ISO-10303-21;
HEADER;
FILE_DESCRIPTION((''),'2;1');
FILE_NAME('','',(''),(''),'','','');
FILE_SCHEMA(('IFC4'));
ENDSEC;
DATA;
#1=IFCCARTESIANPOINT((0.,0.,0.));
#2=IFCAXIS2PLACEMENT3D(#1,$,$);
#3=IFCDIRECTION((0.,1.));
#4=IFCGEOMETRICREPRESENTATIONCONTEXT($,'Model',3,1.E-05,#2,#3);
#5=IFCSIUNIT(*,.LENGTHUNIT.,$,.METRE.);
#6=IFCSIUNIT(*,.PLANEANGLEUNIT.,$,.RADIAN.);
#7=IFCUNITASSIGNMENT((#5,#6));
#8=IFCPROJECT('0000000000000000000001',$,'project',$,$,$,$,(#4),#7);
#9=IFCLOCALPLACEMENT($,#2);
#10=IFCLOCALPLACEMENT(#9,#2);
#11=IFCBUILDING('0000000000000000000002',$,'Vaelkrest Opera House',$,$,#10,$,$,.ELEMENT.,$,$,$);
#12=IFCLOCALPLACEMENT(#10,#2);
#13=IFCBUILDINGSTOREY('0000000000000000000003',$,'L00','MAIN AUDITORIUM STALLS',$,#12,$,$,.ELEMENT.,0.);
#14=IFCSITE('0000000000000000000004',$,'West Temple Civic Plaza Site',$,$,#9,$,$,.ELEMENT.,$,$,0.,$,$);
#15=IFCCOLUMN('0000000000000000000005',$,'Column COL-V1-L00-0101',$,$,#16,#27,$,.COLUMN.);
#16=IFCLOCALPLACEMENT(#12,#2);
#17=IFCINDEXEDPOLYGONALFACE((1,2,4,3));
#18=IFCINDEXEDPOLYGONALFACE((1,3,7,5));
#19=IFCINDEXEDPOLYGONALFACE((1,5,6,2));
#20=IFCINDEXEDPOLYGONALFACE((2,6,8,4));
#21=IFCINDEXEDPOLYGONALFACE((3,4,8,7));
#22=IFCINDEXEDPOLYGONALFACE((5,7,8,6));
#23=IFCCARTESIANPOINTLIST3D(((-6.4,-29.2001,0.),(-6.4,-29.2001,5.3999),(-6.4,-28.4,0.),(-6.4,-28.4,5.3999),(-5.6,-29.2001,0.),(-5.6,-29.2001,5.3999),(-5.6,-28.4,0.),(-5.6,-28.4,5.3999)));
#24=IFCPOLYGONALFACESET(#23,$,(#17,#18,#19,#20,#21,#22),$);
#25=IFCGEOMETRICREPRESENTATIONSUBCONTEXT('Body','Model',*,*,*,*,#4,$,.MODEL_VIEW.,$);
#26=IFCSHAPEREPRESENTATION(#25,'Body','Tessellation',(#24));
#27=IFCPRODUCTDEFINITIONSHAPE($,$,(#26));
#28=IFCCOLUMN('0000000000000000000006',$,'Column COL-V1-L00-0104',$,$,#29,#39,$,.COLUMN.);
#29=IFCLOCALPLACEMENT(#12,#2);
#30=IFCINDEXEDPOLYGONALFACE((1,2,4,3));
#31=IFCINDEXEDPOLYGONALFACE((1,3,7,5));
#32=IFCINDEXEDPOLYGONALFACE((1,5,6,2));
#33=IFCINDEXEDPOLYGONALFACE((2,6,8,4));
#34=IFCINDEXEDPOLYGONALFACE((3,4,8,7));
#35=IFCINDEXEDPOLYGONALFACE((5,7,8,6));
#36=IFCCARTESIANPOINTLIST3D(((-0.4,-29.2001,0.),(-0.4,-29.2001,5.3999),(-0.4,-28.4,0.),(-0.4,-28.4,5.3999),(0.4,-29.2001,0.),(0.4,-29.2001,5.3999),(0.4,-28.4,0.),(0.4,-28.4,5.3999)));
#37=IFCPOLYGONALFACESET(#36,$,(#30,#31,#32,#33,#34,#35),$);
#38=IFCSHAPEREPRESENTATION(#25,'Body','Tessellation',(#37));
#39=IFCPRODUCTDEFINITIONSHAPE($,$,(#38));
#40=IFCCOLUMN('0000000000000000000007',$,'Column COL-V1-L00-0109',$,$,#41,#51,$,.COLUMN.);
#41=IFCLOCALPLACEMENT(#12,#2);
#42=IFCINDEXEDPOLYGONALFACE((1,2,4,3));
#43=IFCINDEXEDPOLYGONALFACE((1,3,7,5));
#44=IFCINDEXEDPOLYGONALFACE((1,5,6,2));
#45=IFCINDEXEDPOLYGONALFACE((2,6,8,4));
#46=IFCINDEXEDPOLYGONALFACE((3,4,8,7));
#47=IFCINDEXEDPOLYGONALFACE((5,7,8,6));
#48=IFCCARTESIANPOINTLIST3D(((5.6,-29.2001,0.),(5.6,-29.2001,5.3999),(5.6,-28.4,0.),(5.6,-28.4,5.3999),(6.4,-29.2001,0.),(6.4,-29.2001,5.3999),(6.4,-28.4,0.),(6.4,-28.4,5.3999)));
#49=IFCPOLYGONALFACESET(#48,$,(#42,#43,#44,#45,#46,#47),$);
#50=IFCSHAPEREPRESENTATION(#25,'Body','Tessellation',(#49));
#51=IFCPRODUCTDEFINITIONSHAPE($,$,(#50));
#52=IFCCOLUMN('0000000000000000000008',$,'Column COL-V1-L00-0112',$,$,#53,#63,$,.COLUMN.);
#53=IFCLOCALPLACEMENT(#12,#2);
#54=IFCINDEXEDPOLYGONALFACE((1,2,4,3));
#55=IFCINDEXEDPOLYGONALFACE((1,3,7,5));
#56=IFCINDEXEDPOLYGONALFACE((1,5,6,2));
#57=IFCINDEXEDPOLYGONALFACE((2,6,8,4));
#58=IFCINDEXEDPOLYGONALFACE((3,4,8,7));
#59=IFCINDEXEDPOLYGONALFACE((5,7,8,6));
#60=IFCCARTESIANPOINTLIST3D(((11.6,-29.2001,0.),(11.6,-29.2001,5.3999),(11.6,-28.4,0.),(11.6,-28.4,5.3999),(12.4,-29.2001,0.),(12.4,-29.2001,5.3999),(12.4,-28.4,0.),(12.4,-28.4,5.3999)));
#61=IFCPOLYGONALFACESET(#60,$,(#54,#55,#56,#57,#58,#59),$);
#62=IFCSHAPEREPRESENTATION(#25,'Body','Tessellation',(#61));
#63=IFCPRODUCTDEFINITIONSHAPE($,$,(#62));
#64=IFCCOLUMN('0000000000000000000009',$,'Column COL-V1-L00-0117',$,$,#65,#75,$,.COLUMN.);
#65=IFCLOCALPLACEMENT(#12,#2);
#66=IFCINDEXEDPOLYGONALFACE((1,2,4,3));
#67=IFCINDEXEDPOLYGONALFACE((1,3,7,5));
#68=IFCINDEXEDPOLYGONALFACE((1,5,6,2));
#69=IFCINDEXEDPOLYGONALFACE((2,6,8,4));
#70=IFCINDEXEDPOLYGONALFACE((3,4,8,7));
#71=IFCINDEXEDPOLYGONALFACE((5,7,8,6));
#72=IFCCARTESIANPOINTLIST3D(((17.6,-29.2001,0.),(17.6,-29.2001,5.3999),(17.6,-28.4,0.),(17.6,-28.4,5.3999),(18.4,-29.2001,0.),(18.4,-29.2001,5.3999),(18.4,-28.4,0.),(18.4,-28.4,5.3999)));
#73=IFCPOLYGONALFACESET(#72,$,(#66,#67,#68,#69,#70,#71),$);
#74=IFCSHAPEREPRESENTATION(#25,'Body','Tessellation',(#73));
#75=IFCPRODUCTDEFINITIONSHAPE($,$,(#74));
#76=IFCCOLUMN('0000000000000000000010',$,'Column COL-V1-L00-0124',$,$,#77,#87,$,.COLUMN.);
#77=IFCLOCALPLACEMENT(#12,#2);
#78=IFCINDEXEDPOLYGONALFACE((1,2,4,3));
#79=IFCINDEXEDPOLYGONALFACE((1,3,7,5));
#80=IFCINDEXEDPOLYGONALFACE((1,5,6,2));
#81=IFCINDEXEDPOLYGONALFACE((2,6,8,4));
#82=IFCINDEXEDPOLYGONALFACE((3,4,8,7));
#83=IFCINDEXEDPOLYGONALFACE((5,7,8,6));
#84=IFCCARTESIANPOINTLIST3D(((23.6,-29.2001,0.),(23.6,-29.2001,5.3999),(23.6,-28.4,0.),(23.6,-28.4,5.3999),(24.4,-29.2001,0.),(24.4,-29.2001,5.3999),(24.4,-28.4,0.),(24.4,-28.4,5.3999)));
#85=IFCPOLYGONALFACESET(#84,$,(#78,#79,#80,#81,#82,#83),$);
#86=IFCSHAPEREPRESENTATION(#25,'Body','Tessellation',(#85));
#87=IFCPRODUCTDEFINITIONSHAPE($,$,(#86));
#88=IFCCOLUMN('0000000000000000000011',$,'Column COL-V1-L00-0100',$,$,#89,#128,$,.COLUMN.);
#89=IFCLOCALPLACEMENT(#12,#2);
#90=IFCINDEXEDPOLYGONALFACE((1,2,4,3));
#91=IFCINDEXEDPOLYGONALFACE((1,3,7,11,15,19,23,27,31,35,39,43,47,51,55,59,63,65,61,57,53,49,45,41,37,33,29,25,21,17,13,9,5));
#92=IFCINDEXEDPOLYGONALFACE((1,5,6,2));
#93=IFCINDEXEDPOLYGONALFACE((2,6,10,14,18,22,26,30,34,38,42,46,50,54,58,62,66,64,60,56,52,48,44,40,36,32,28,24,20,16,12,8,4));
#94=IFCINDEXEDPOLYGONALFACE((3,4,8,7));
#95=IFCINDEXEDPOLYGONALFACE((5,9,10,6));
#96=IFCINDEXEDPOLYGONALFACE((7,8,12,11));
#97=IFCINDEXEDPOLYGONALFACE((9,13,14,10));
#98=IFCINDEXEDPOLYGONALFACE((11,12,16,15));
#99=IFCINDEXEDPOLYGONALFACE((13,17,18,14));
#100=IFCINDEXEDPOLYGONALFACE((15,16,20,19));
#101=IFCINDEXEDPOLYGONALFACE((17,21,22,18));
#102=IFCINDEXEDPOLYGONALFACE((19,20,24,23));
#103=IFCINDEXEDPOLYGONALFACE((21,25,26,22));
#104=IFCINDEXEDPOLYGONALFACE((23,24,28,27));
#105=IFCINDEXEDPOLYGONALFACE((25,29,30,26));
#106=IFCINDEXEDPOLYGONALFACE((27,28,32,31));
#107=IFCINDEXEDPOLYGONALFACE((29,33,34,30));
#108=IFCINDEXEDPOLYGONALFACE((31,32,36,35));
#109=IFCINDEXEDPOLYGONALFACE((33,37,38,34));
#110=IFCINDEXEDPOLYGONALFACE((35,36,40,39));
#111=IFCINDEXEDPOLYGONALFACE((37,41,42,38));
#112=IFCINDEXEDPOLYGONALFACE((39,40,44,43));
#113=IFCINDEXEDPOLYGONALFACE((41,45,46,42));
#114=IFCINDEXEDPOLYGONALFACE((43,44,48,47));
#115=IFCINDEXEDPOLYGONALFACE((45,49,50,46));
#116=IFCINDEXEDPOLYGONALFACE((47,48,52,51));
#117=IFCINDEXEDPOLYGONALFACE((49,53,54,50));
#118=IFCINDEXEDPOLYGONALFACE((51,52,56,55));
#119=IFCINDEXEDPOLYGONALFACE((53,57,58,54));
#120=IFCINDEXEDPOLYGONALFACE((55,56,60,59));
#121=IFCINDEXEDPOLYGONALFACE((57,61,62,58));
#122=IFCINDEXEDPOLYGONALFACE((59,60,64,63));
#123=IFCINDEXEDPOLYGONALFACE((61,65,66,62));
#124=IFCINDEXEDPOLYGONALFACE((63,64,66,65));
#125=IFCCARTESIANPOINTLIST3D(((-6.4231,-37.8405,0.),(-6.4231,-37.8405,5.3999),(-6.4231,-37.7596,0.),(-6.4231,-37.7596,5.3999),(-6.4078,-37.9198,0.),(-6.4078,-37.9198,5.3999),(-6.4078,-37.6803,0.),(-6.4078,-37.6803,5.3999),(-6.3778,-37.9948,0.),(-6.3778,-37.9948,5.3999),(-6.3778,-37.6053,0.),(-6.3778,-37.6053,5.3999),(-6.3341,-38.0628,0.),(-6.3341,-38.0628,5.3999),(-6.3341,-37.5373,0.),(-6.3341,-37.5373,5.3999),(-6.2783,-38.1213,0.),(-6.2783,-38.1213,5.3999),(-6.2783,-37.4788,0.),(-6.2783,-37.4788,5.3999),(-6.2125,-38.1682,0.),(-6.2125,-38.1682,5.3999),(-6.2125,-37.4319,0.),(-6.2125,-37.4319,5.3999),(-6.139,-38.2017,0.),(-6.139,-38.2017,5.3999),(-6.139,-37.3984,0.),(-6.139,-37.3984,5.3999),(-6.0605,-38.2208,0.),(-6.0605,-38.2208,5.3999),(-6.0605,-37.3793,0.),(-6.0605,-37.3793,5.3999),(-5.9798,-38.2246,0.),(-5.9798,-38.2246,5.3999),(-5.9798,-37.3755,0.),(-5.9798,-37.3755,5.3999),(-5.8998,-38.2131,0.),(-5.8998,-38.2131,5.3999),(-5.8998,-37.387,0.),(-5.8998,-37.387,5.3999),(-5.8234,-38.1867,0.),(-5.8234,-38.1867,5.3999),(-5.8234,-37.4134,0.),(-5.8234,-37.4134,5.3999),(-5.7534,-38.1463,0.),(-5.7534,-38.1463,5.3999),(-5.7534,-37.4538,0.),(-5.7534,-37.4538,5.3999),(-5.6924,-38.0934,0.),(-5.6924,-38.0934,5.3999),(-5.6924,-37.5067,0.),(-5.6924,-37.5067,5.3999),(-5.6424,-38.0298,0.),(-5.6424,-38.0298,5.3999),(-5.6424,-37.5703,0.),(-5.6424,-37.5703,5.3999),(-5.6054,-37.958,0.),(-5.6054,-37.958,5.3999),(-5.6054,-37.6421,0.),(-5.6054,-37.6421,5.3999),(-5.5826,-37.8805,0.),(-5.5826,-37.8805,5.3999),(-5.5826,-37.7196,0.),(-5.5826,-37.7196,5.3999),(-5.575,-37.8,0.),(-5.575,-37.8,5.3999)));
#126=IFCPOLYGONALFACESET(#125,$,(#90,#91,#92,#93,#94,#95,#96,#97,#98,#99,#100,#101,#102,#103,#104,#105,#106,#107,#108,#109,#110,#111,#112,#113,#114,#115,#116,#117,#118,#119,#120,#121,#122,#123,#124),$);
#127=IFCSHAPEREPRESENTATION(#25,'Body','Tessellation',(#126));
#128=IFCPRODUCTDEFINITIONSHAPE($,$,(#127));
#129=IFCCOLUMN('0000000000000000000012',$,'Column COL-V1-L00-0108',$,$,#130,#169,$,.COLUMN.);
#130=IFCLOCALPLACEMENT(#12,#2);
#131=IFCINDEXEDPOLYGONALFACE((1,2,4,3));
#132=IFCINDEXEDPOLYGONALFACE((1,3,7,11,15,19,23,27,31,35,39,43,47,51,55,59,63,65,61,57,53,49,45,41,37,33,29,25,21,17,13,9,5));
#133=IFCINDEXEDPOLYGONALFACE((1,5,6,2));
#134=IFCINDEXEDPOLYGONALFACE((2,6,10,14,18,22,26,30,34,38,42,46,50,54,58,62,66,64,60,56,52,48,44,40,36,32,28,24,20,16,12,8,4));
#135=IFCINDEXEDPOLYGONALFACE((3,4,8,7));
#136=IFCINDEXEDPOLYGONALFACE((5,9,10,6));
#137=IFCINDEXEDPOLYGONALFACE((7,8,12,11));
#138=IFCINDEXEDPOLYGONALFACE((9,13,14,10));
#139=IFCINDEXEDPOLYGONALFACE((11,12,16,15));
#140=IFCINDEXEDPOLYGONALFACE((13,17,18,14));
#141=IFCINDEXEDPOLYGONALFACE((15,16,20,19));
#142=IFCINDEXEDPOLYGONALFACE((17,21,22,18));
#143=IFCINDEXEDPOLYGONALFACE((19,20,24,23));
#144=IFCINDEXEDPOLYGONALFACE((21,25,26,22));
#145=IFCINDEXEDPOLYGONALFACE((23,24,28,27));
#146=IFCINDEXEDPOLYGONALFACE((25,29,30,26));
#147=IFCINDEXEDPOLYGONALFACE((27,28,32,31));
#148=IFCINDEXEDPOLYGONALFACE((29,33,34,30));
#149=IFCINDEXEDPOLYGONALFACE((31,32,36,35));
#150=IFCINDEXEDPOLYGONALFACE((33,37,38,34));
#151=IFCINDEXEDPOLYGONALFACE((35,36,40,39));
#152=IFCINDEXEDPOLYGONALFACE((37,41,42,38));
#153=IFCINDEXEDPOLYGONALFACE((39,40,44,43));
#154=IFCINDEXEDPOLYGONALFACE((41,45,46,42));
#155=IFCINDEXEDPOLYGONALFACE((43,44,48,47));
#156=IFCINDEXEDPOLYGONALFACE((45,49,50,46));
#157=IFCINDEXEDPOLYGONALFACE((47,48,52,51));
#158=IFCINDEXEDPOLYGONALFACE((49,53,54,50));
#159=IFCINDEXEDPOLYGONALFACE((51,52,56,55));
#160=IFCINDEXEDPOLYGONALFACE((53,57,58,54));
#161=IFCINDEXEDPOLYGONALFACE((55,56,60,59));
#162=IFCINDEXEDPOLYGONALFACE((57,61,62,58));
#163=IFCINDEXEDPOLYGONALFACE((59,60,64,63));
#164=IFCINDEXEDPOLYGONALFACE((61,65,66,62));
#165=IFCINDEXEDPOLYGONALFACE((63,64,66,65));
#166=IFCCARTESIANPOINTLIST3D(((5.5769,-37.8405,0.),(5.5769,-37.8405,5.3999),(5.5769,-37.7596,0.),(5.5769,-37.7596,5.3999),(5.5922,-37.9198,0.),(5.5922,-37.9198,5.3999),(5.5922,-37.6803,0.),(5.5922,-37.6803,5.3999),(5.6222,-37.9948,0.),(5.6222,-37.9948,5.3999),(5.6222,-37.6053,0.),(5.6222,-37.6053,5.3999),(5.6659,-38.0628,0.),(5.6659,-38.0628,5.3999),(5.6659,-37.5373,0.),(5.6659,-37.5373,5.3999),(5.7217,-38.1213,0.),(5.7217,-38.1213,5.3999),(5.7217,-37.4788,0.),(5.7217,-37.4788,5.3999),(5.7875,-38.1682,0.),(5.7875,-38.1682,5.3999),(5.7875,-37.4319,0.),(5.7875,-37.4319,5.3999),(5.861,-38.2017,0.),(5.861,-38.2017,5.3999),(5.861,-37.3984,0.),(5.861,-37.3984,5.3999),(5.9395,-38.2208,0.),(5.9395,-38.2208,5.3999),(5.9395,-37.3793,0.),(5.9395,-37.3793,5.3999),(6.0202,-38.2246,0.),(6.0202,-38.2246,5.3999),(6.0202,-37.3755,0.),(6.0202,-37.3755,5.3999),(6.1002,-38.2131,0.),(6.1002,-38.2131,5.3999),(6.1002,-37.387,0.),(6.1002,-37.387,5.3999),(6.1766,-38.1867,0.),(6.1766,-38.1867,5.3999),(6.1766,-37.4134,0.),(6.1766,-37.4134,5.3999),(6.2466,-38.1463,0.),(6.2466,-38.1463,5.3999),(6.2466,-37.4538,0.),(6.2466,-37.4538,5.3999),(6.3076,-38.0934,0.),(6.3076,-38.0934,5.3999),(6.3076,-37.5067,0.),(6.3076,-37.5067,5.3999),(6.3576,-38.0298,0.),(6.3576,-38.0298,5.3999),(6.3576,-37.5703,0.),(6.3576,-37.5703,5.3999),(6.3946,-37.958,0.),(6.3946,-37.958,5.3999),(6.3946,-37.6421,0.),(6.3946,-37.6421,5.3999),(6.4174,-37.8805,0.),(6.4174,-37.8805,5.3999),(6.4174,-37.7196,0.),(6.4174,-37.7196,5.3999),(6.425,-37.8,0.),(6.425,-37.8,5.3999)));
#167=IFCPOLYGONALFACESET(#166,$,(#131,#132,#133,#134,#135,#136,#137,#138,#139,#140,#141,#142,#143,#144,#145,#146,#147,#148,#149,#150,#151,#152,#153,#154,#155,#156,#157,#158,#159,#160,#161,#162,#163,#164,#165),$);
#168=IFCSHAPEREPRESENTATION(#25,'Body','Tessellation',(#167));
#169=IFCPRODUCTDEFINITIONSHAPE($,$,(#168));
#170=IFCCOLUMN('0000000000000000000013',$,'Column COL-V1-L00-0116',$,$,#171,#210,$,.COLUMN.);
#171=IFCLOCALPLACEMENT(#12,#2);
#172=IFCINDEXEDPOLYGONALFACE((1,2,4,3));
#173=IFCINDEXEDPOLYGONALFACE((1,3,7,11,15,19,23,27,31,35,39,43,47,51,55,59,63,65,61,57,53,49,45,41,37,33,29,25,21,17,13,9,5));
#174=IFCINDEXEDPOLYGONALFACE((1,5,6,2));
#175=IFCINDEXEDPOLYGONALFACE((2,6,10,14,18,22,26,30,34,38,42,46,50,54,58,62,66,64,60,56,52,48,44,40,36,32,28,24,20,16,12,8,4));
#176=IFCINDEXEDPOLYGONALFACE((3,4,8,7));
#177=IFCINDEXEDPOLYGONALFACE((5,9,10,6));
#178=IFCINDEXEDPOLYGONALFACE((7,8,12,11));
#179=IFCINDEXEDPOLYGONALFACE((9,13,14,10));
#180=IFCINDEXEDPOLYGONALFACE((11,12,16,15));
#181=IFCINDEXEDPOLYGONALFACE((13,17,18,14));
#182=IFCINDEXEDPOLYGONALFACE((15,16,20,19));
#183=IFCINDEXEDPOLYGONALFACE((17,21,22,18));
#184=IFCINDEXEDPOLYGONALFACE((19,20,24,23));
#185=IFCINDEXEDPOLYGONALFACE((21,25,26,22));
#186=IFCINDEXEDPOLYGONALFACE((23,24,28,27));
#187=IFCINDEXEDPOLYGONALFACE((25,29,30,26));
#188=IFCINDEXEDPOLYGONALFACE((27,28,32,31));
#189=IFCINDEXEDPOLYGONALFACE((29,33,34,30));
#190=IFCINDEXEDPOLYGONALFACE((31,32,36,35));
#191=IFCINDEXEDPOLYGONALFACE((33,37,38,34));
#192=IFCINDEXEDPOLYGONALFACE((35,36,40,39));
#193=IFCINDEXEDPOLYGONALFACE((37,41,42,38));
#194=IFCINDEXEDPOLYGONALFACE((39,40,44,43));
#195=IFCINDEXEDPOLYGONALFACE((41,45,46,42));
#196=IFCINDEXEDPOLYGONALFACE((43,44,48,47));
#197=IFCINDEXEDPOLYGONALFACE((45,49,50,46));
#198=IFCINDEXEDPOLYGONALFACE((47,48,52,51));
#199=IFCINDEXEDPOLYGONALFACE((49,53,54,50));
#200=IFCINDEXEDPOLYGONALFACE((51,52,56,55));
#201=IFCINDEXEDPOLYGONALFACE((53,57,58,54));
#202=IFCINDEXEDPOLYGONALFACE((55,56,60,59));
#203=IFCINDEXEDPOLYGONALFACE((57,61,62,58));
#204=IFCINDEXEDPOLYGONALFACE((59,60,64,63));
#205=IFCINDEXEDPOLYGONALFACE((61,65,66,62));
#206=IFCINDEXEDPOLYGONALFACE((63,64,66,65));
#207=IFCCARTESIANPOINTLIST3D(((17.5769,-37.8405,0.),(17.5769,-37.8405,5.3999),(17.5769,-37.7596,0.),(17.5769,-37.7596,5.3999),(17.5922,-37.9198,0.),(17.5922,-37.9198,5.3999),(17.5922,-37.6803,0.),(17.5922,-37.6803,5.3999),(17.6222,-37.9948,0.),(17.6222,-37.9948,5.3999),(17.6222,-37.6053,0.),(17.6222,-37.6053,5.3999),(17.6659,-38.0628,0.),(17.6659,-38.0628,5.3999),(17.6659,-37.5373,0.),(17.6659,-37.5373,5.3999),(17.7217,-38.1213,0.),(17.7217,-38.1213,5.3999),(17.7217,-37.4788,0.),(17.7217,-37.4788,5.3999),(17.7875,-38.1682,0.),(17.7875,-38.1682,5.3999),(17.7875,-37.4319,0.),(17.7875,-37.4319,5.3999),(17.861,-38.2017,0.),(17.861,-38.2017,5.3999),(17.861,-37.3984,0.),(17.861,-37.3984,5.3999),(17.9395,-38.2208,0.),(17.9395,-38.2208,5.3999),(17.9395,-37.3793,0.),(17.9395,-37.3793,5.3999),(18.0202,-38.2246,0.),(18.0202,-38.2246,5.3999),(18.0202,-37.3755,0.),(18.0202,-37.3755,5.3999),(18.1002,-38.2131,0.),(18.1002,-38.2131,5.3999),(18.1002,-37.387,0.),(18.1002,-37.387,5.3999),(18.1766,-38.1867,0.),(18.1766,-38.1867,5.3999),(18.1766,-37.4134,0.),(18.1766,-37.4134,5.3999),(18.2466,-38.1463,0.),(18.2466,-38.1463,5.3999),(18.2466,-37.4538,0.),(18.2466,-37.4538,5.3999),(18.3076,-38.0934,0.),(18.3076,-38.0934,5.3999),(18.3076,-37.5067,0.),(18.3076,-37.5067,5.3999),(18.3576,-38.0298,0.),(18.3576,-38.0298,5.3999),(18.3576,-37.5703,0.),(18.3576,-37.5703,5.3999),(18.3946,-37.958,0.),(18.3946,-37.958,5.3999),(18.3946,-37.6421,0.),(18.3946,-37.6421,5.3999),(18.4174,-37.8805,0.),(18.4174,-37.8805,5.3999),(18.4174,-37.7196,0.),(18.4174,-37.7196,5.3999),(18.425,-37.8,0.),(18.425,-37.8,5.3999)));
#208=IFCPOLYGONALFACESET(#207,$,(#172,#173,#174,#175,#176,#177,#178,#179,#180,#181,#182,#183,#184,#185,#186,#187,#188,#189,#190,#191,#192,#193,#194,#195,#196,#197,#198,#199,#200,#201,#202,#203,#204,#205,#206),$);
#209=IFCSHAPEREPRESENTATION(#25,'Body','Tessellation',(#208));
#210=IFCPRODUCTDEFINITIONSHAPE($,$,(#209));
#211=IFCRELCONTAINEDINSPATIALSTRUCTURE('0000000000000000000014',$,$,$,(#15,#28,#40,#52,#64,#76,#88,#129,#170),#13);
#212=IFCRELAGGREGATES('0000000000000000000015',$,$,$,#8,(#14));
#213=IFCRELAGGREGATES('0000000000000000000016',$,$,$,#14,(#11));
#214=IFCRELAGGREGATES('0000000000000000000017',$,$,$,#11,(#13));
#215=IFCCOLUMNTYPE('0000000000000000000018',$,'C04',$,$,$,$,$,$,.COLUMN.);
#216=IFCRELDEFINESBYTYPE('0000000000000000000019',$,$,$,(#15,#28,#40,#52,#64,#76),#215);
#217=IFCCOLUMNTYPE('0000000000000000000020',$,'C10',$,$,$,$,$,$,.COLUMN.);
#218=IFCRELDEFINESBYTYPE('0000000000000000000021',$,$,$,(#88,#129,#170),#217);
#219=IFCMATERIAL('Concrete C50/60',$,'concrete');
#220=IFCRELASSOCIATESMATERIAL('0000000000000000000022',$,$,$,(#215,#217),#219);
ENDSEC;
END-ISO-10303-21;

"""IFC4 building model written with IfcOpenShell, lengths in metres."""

from ifc_helpers import new_model, si_unit, direction, frame, origin, origin_2d, place, context, subcontext, project, spatial, rectangle, circle, extrude, material, material_profile, profile_set, type_object, element, save


model = new_model("IFC4")

# Units and contexts
model_context = context("Model", 3, precision=1e-05, world=origin(), true_north=direction((0.0, 1.0)))
body_context = subcontext(model_context, "Body", "Model", "MODEL_VIEW")
ifc_project = project(units=[si_unit("LENGTHUNIT", "METRE"), si_unit("PLANEANGLEUNIT", "RADIAN")], contexts=[model_context])

# Site, building, storey
site_placement = place(None, origin())
site = spatial("IfcSite", under=ifc_project, at=site_placement, Name="West Temple Civic Plaza Site", CompositionType="ELEMENT", RefElevation=0.0)
building_placement = place(site_placement, origin())
building = spatial("IfcBuilding", under=site, at=building_placement, Name="Vaelkrest Opera House", CompositionType="ELEMENT")
storey_placement = place(building_placement, origin())
storey = spatial("IfcBuildingStorey", under=building, at=storey_placement, Name="L00", Description="MAIN AUDITORIUM STALLS", CompositionType="ELEMENT", Elevation=0.0)

# Columns
ifc_material_1 = material(Name="Concrete C50/60", Category="concrete")
ifc_material_profile_1 = material_profile(ifc_material_1, rectangle(XDim=0.8, YDim=0.8, at=origin_2d()), Name="RC800X800")
ifc_profile_set_1 = profile_set([ifc_material_profile_1], Name="Concrete C50/60")
column_type_1 = type_object("IfcColumnType", Name="C04", PredefinedType="COLUMN", material=ifc_profile_set_1)
for number, where, z_axis, x_axis, name in (
    (1, (-6.0, -28.8, 0.0), (0.0, 0.0, 1.0), (1.0, 0.0, 0.0), "Column COL-V1-L00-0101"),
    (2, (0.0, -28.8, 0.0), (0.0, 0.0, 1.0), (1.0, 0.0, 0.0), "Column COL-V1-L00-0104"),
    (3, (6.0, -28.8, 0.0), (0.0, 0.0, 1.0), (1.0, 0.0, 0.0), "Column COL-V1-L00-0109"),
    (4, (12.0, -28.8, 0.0), (0.0, 0.0, 1.0), (1.0, 0.0, 0.0), "Column COL-V1-L00-0112"),
    (5, (18.0, -28.8, 0.0), (0.0, 0.0, 1.0), (1.0, 0.0, 0.0), "Column COL-V1-L00-0117"),
    (6, (24.0, -28.8, 0.0), (0.0, 0.0, 1.0), (1.0, 0.0, 0.0), "Column COL-V1-L00-0124"),
):
    element("IfcColumn", number, at=place(storey_placement, frame(where, z_axis=z_axis, x_axis=x_axis)), inside=storey, type_object=column_type_1, Name=name, PredefinedType="COLUMN", context=body_context, shape_type="SweptSolid", body=[
        extrude(rectangle(XDim=0.8, YDim=0.8, at=origin_2d()), origin(), (0.0, 0.0, 1.0), 5.3999),
    ])
ifc_material_profile_2 = material_profile(ifc_material_1, circle(Radius=0.425, at=origin_2d()), Name="RCD850")
ifc_profile_set_2 = profile_set([ifc_material_profile_2], Name="Concrete C50/60")
column_type_2 = type_object("IfcColumnType", Name="C10", PredefinedType="COLUMN", material=ifc_profile_set_2)
for number, where, z_axis, x_axis, name in (
    (7, (-6.0, -37.8, 0.0), (0.0, 0.0, 1.0), (1.0, 0.0, 0.0), "Column COL-V1-L00-0100"),
    (8, (6.0, -37.8, 0.0), (0.0, 0.0, 1.0), (1.0, 0.0, 0.0), "Column COL-V1-L00-0108"),
    (9, (18.0, -37.8, 0.0), (0.0, 0.0, 1.0), (1.0, 0.0, 0.0), "Column COL-V1-L00-0116"),
):
    element("IfcColumn", number, at=place(storey_placement, frame(where, z_axis=z_axis, x_axis=x_axis)), inside=storey, type_object=column_type_2, Name=name, PredefinedType="COLUMN", context=body_context, shape_type="SweptSolid", body=[
        extrude(circle(Radius=0.425, at=origin_2d()), origin(), (0.0, 0.0, 1.0), 5.3999),
    ])

save(model, "model.ifc")
